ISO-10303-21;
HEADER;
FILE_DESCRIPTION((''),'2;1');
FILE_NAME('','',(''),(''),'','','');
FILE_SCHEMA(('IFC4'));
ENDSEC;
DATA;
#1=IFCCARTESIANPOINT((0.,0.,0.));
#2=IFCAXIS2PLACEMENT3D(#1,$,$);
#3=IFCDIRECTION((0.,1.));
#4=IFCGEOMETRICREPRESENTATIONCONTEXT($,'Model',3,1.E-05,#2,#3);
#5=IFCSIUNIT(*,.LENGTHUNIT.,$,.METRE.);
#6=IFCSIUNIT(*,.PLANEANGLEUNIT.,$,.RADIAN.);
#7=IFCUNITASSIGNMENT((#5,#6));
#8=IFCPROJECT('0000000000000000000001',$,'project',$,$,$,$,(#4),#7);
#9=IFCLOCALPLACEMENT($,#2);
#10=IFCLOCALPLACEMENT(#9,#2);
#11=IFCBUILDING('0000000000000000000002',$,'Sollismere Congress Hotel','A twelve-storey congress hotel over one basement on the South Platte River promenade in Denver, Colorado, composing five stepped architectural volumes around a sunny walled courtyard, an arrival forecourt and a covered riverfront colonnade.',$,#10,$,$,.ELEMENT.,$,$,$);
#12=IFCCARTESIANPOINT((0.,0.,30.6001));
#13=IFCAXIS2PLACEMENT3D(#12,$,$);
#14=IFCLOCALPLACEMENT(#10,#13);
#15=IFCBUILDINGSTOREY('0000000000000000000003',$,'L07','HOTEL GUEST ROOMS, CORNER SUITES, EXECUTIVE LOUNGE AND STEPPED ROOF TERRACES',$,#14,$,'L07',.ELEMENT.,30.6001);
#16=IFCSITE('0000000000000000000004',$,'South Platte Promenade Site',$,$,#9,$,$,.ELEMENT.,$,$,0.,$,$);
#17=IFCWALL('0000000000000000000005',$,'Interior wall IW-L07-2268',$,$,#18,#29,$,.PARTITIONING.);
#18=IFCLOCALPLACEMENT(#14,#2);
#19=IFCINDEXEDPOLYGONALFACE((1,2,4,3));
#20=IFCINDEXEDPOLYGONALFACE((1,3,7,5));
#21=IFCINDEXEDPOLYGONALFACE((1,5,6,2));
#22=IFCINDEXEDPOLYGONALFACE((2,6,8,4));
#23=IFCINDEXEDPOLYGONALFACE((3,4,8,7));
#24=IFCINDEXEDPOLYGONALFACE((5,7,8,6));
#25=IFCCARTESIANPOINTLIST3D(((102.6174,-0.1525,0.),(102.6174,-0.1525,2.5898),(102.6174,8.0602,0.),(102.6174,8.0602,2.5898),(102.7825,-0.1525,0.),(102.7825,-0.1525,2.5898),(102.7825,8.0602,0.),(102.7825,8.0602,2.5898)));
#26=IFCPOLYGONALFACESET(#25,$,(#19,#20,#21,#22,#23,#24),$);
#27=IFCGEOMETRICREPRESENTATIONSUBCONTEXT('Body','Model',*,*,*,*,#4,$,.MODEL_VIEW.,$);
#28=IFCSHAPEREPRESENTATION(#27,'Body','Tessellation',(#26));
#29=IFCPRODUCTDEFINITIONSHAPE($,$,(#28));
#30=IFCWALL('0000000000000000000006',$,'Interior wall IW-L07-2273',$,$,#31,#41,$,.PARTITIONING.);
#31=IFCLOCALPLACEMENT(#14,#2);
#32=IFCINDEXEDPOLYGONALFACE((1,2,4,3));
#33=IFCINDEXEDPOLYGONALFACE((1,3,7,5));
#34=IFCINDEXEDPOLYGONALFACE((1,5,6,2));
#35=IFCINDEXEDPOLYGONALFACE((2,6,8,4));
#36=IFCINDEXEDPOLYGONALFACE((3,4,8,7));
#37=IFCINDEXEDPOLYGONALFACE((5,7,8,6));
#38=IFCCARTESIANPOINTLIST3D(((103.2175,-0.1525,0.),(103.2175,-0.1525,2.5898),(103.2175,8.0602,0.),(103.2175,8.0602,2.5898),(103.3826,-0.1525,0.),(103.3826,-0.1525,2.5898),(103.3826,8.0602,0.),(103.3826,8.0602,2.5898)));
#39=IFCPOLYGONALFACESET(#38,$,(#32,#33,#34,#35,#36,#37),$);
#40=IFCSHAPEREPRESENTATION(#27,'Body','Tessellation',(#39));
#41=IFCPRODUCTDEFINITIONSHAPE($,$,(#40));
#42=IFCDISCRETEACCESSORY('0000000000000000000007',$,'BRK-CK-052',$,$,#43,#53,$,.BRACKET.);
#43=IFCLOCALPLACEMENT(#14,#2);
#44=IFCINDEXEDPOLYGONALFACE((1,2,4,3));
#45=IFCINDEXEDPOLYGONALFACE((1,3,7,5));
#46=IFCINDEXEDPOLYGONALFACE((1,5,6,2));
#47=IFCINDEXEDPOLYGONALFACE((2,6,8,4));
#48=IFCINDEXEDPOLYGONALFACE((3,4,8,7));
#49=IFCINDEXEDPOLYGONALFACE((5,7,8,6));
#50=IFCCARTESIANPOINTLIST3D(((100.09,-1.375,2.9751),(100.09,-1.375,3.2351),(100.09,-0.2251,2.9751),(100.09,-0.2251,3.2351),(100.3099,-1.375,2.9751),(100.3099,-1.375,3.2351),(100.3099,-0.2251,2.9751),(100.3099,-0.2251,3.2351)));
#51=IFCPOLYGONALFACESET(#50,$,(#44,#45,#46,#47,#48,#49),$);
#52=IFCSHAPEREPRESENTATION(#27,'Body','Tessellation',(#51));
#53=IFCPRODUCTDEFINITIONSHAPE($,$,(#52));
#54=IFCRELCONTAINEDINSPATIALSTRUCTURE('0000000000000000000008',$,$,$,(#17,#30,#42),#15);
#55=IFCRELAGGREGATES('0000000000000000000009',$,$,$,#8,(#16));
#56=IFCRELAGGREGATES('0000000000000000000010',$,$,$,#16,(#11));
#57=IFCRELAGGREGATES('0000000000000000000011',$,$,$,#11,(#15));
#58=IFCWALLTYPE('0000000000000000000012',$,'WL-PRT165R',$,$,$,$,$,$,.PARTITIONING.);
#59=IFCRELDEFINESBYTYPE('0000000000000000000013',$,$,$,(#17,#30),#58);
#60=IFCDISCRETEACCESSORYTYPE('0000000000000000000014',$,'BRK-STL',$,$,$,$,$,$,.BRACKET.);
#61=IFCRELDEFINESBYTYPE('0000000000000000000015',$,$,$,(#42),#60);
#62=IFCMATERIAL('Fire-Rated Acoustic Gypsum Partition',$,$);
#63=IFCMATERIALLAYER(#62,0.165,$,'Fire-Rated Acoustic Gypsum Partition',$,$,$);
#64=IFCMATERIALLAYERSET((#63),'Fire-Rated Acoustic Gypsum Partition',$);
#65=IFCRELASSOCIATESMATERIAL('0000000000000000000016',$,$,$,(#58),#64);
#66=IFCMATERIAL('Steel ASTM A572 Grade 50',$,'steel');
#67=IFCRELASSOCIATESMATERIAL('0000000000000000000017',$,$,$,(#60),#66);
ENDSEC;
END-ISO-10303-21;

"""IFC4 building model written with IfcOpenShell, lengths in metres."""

from ifc_helpers import new_model, si_unit, direction, frame, frame_2d, origin, origin_2d, place, context, subcontext, project, spatial, rectangle, extrude, material, layer, layer_set, type_object, element, save


model = new_model("IFC4")

# Units and contexts
model_context = context("Model", 3, precision=1e-05, world=origin(), true_north=direction((0.0, 1.0)))
body_context = subcontext(model_context, "Body", "Model", "MODEL_VIEW")
ifc_project = project(units=[si_unit("LENGTHUNIT", "METRE"), si_unit("PLANEANGLEUNIT", "RADIAN")], contexts=[model_context])

# Site, building, storey
site_placement = place(None, origin())
site = spatial("IfcSite", under=ifc_project, at=site_placement, Name="South Platte Promenade Site", CompositionType="ELEMENT", RefElevation=0.0)
building_placement = place(site_placement, origin())
building = spatial("IfcBuilding", under=site, at=building_placement, Name="Sollismere Congress Hotel", Description="A twelve-storey congress hotel over one basement on the South Platte River promenade in Denver, Colorado, composing five stepped architectural volumes around a sunny walled courtyard, an arrival forecourt and a covered riverfront colonnade.", CompositionType="ELEMENT")
storey_placement = place(building_placement, frame((0.0, 0.0, 30.6001)))
storey = spatial("IfcBuildingStorey", under=building, at=storey_placement, Name="L07", Description="HOTEL GUEST ROOMS, CORNER SUITES, EXECUTIVE LOUNGE AND STEPPED ROOF TERRACES", LongName="L07", CompositionType="ELEMENT", Elevation=30.6001)

# Walls
ifc_material_1 = material(Name="Fire-Rated Acoustic Gypsum Partition")
ifc_layer_1 = layer(ifc_material_1, 0.165, Name="Fire-Rated Acoustic Gypsum Partition")
ifc_layer_set_1 = layer_set([ifc_layer_1], Name="Fire-Rated Acoustic Gypsum Partition")
wall_type_1 = type_object("IfcWallType", Name="WL-PRT165R", PredefinedType="PARTITIONING", material=ifc_layer_set_1)
for number, where, z_axis, x_axis, name in (
    (1, (102.7, -0.1526, 0.0), (0.0, 0.0, 1.0), (0.0, 1.0, 0.0), "Interior wall IW-L07-2268"),
    (2, (103.3, -0.1526, 0.0), (0.0, 0.0, 1.0), (0.0, 1.0, 0.0), "Interior wall IW-L07-2273"),
):
    element("IfcWall", number, at=place(storey_placement, frame(where, z_axis=z_axis, x_axis=x_axis)), inside=storey, type_object=wall_type_1, Name=name, PredefinedType="PARTITIONING", context=body_context, shape_type="SweptSolid", body=[
        extrude(rectangle(XDim=8.2126, YDim=0.165, at=frame_2d((4.1064, 0.0))), origin(), (0.0, 0.0, 1.0), 2.5898),
    ])

# Discrete accessory
ifc_material_2 = material(Name="Steel ASTM A572 Grade 50", Category="steel")
discrete_accessory_type = type_object("IfcDiscreteAccessoryType", Name="BRK-STL", PredefinedType="BRACKET", material=ifc_material_2)
discrete_accessory_placement = place(storey_placement, frame((100.2, -0.8, 2.9751), z_axis=(0.0, 0.0, 1.0), x_axis=(1.0, 0.0, 0.0)))
element("IfcDiscreteAccessory", 3, at=discrete_accessory_placement, inside=storey, type_object=discrete_accessory_type, Name="BRK-CK-052", PredefinedType="BRACKET", context=body_context, shape_type="SweptSolid", body=[
    extrude(rectangle(XDim=0.22, YDim=1.1499, at=origin_2d()), origin(), (0.0, 0.0, 1.0), 0.26),
])

save(model, "model.ifc")
